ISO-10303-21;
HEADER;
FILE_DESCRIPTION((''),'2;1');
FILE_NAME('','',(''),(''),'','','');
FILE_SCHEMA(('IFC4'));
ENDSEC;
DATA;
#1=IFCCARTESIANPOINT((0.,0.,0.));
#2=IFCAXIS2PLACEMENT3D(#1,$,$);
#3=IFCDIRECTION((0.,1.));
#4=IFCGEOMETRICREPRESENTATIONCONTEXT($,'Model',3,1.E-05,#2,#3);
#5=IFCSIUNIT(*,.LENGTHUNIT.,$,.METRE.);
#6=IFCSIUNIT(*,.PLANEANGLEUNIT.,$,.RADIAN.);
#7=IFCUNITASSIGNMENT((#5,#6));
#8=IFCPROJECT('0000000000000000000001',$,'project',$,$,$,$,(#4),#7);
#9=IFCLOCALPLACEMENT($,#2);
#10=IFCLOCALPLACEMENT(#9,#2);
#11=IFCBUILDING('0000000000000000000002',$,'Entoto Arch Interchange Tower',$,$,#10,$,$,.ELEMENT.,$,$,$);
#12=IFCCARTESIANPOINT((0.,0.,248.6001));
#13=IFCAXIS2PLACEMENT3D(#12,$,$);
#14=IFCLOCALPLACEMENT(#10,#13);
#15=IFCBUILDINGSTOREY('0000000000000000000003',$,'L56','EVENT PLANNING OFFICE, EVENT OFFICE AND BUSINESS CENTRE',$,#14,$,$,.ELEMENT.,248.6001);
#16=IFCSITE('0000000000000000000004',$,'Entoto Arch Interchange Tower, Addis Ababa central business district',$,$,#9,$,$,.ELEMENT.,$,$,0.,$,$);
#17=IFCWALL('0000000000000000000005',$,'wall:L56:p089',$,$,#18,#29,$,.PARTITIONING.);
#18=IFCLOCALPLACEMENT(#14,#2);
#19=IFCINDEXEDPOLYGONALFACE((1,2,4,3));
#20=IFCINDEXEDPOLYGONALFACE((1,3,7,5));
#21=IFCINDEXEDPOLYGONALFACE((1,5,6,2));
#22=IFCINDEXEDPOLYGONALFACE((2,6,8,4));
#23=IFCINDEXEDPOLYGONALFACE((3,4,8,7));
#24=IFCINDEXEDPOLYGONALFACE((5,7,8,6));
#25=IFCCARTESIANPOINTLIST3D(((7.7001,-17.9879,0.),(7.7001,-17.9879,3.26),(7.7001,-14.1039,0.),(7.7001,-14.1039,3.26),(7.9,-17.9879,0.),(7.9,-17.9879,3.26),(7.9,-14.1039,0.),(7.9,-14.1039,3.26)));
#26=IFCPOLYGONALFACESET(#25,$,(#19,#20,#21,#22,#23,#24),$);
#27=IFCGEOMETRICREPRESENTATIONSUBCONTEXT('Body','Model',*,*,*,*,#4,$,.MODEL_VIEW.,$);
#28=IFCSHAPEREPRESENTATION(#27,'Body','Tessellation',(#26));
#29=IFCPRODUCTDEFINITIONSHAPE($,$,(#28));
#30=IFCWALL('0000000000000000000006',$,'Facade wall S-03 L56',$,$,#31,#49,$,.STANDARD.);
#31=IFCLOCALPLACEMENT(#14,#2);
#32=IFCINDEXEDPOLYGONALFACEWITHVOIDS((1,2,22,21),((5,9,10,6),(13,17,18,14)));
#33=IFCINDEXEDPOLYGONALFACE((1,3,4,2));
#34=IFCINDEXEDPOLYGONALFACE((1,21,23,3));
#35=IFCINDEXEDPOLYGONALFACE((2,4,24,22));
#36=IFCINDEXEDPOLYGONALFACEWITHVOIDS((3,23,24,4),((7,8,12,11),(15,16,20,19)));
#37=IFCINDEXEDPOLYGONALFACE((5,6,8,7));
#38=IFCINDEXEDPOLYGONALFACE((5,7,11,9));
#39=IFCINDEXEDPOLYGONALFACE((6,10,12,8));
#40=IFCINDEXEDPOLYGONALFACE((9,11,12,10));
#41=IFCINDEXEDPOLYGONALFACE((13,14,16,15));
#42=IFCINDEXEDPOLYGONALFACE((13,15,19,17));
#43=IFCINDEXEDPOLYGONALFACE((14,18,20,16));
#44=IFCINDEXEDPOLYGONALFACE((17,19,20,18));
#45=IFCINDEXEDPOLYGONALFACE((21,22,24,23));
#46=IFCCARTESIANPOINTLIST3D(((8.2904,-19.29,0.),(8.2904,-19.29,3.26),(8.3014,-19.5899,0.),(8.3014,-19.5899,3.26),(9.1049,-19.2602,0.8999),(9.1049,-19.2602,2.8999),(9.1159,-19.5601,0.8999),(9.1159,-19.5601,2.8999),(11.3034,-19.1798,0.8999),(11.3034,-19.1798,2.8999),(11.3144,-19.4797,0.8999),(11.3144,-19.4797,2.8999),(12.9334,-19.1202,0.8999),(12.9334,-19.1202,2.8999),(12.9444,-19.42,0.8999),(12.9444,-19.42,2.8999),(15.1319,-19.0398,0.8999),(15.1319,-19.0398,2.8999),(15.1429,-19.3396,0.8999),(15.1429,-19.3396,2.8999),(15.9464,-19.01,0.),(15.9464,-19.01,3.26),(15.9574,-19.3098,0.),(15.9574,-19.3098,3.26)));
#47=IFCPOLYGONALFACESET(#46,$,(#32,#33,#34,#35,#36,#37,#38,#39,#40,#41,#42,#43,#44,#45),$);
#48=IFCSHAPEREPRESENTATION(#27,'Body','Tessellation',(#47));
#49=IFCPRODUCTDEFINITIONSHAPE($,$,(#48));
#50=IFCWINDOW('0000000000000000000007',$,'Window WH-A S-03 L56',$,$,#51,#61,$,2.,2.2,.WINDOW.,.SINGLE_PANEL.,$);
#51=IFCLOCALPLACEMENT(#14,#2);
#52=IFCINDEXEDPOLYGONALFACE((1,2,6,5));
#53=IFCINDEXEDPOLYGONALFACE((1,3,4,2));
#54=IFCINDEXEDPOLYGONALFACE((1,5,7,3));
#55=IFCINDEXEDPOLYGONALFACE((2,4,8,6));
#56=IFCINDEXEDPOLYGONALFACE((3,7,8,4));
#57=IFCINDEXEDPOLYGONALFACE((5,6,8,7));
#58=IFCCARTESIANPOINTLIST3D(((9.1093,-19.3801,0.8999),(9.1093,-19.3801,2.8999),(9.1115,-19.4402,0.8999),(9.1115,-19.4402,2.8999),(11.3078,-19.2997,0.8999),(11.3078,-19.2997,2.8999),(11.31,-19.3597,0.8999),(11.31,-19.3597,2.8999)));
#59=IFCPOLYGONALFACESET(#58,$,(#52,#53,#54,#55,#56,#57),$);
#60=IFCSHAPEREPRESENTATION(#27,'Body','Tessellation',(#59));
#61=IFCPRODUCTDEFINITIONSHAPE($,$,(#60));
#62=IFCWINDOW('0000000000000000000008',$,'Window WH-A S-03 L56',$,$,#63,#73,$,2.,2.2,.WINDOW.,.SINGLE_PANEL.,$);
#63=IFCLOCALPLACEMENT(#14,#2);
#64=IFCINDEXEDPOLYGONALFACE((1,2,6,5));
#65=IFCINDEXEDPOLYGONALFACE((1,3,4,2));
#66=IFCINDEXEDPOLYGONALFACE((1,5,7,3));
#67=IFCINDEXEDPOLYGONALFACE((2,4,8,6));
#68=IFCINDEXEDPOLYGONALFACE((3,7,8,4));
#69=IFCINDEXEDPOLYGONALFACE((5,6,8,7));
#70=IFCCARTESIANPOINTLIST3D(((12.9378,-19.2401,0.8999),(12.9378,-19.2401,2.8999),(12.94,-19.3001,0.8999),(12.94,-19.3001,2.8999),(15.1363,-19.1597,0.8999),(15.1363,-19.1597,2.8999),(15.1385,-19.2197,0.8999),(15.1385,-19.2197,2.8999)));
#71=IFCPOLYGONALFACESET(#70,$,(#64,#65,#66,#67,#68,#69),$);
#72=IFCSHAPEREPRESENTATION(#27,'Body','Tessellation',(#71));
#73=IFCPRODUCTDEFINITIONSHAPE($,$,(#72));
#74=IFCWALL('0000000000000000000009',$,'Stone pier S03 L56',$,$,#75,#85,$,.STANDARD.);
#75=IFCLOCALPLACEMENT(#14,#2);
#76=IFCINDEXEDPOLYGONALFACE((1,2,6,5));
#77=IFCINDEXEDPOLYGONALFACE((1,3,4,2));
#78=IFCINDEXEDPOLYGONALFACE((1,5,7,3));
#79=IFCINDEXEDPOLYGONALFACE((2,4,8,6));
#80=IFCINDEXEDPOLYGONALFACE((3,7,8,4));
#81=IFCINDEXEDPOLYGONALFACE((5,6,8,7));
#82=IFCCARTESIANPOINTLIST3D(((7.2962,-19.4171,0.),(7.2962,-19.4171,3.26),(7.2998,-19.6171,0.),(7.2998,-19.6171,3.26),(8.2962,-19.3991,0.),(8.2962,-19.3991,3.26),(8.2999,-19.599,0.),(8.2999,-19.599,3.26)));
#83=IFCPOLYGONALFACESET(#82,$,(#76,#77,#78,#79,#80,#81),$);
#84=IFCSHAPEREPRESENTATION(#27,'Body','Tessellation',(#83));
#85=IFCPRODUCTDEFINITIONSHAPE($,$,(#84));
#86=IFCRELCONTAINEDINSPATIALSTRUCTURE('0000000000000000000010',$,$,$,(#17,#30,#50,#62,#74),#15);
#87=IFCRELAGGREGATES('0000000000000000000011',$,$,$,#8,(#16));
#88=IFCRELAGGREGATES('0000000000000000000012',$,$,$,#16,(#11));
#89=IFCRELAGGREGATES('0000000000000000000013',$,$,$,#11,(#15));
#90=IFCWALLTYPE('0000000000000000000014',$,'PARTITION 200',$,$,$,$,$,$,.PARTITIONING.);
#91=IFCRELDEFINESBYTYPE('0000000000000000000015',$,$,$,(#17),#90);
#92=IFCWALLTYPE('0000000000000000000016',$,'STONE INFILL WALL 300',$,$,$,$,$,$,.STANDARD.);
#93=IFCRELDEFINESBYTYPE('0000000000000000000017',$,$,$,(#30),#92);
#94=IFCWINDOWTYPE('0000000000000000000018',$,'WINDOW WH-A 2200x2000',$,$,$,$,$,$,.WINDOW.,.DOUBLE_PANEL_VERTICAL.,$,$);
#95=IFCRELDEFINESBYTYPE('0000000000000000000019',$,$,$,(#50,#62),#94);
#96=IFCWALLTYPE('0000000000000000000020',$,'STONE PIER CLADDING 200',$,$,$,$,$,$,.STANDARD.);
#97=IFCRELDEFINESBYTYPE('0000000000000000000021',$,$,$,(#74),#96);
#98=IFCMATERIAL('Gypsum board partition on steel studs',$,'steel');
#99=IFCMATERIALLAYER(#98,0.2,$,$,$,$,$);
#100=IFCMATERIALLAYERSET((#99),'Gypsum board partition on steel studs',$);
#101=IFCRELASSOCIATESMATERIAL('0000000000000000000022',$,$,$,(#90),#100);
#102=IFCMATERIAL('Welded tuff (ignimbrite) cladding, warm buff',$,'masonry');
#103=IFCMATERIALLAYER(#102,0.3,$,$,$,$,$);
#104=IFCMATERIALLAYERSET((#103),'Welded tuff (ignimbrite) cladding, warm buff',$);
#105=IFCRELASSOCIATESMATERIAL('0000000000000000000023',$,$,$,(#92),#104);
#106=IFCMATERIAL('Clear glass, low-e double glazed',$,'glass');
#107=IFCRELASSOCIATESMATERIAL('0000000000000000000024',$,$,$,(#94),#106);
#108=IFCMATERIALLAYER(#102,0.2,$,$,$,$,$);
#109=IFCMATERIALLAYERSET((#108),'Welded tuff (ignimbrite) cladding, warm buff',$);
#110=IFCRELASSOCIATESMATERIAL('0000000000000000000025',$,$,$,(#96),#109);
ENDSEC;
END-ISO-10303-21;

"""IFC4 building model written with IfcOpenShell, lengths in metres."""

from ifc_helpers import new_model, si_unit, direction, frame, frame_2d, origin, place, context, subcontext, project, spatial, rectangle, extrude, material, layer, layer_set, type_object, element, fill, save


model = new_model("IFC4")

# Units and contexts
model_context = context("Model", 3, precision=1e-05, world=origin(), true_north=direction((0.0, 1.0)))
body_context = subcontext(model_context, "Body", "Model", "MODEL_VIEW")
ifc_project = project(units=[si_unit("LENGTHUNIT", "METRE"), si_unit("PLANEANGLEUNIT", "RADIAN")], contexts=[model_context])

# Site, building, storey
site_placement = place(None, origin())
site = spatial("IfcSite", under=ifc_project, at=site_placement, Name="Entoto Arch Interchange Tower, Addis Ababa central business district", CompositionType="ELEMENT", RefElevation=0.0)
building_placement = place(site_placement, origin())
building = spatial("IfcBuilding", under=site, at=building_placement, Name="Entoto Arch Interchange Tower", CompositionType="ELEMENT")
storey_placement = place(building_placement, frame((0.0, 0.0, 248.6001)))
storey = spatial("IfcBuildingStorey", under=building, at=storey_placement, Name="L56", Description="EVENT PLANNING OFFICE, EVENT OFFICE AND BUSINESS CENTRE", CompositionType="ELEMENT", Elevation=248.6001)

# Shared definitions
ifc_material_1 = material(Name="Clear glass, low-e double glazed", Category="glass")

# Wall
ifc_material_2 = material(Name="Gypsum board partition on steel studs", Category="steel")
ifc_layer_1 = layer(ifc_material_2, 0.2)
ifc_layer_set_1 = layer_set([ifc_layer_1], Name="Gypsum board partition on steel studs")
wall_type_1 = type_object("IfcWallType", Name="PARTITION 200", PredefinedType="PARTITIONING", material=ifc_layer_set_1)
wall_1_placement = place(storey_placement, frame((7.8, -14.104, 0.0), z_axis=(0.0, 0.0, 1.0), x_axis=(0.0, -1.0, 0.0)))
element("IfcWall", 1, at=wall_1_placement, inside=storey, type_object=wall_type_1, Name="wall:L56:p089", PredefinedType="PARTITIONING", context=body_context, shape_type="SweptSolid", body=[
    extrude(rectangle(XDim=3.884, YDim=0.2, at=frame_2d((1.9419, 0.0))), origin(), (0.0, 0.0, 1.0), 3.26),
])

# Wall, openings, windows
ifc_material_3 = material(Name="Welded tuff (ignimbrite) cladding, warm buff", Category="masonry")
ifc_layer_2 = layer(ifc_material_3, 0.3)
ifc_layer_set_2 = layer_set([ifc_layer_2], Name="Welded tuff (ignimbrite) cladding, warm buff")
wall_type_2 = type_object("IfcWallType", Name="STONE INFILL WALL 300", PredefinedType="STANDARD", material=ifc_layer_set_2)
wall_2_placement = place(storey_placement, frame((8.2959, -19.4399, 0.0), z_axis=(0.0, 0.0, 1.0), x_axis=(0.999332, 0.036552, 0.0)))
wall_2 = element("IfcWall", 2, at=wall_2_placement, inside=storey, type_object=wall_type_2, Name="Facade wall S-03 L56", PredefinedType="STANDARD", context=body_context, shape_type="SweptSolid", body=[
    extrude(rectangle(XDim=7.6611, YDim=0.3, at=frame_2d((3.8306, 0.0))), origin(), (0.0, 0.0, 1.0), 3.26),
])
opening_1_placement = place(wall_2_placement, frame((0.8149, 0.0, 0.8999)))
opening_1 = element("IfcOpeningElement", 3, at=opening_1_placement, cuts=wall_2, PredefinedType="OPENING", context=body_context, shape_type="SweptSolid", body=[
    extrude(rectangle(XDim=2.2, YDim=2.0, at=frame_2d((1.1001, 1.0))), frame((0.0, 0.1602, 0.0), z_axis=(0.0, -1.0, 0.0), x_axis=(1.0, 0.0, 0.0)), (0.0, 0.0, 1.0), 0.3201),
])
opening_2_placement = place(wall_2_placement, frame((4.646, 0.0, 0.8999)))
opening_2 = element("IfcOpeningElement", 4, at=opening_2_placement, cuts=wall_2, PredefinedType="OPENING", context=body_context, shape_type="SweptSolid", body=[
    extrude(rectangle(XDim=2.2, YDim=2.0, at=frame_2d((1.1001, 1.0))), frame((0.0, 0.1602, 0.0), z_axis=(0.0, -1.0, 0.0), x_axis=(1.0, 0.0, 0.0)), (0.0, 0.0, 1.0), 0.3201),
])
window_type = type_object("IfcWindowType", Name="WINDOW WH-A 2200x2000", PartitioningType="DOUBLE_PANEL_VERTICAL", PredefinedType="WINDOW", material=ifc_material_1)
window_1_placement = place(opening_1_placement, origin())
window_1 = element("IfcWindow", 5, at=window_1_placement, inside=storey, type_object=window_type, Name="Window WH-A S-03 L56", OverallHeight=2.0, OverallWidth=2.2, PartitioningType="SINGLE_PANEL", PredefinedType="WINDOW", context=body_context, shape_type="SweptSolid", body=[
    extrude(rectangle(XDim=2.2, YDim=2.0, at=frame_2d((1.1001, 1.0))), frame((0.0, 0.03, 0.0), z_axis=(0.0, -1.0, 0.0), x_axis=(1.0, 0.0, 0.0)), (0.0, 0.0, 1.0), 0.0601),
])
fill(opening_1, window_1)
window_2_placement = place(opening_2_placement, origin())
window_2 = element("IfcWindow", 6, at=window_2_placement, inside=storey, type_object=window_type, Name="Window WH-A S-03 L56", OverallHeight=2.0, OverallWidth=2.2, PartitioningType="SINGLE_PANEL", PredefinedType="WINDOW", context=body_context, shape_type="SweptSolid", body=[
    extrude(rectangle(XDim=2.2, YDim=2.0, at=frame_2d((1.1001, 1.0))), frame((0.0, 0.03, 0.0), z_axis=(0.0, -1.0, 0.0), x_axis=(1.0, 0.0, 0.0)), (0.0, 0.0, 1.0), 0.0601),
])
fill(opening_2, window_2)

# Wall
ifc_layer_3 = layer(ifc_material_3, 0.2)
ifc_layer_set_3 = layer_set([ifc_layer_3], Name="Welded tuff (ignimbrite) cladding, warm buff")
wall_type_3 = type_object("IfcWallType", Name="STONE PIER CLADDING 200", PredefinedType="STANDARD", material=ifc_layer_set_3)
wall_3_placement = place(storey_placement, frame((7.2981, -19.5171, 0.0), z_axis=(0.0, 0.0, 1.0), x_axis=(0.999837, 0.018063, 0.0)))
element("IfcWall", 7, at=wall_3_placement, inside=storey, type_object=wall_type_3, Name="Stone pier S03 L56", PredefinedType="STANDARD", context=body_context, shape_type="SweptSolid", body=[
    extrude(rectangle(XDim=1.0002, YDim=0.2, at=frame_2d((0.5, 0.0))), origin(), (0.0, 0.0, 1.0), 3.26),
])

save(model, "model.ifc")
